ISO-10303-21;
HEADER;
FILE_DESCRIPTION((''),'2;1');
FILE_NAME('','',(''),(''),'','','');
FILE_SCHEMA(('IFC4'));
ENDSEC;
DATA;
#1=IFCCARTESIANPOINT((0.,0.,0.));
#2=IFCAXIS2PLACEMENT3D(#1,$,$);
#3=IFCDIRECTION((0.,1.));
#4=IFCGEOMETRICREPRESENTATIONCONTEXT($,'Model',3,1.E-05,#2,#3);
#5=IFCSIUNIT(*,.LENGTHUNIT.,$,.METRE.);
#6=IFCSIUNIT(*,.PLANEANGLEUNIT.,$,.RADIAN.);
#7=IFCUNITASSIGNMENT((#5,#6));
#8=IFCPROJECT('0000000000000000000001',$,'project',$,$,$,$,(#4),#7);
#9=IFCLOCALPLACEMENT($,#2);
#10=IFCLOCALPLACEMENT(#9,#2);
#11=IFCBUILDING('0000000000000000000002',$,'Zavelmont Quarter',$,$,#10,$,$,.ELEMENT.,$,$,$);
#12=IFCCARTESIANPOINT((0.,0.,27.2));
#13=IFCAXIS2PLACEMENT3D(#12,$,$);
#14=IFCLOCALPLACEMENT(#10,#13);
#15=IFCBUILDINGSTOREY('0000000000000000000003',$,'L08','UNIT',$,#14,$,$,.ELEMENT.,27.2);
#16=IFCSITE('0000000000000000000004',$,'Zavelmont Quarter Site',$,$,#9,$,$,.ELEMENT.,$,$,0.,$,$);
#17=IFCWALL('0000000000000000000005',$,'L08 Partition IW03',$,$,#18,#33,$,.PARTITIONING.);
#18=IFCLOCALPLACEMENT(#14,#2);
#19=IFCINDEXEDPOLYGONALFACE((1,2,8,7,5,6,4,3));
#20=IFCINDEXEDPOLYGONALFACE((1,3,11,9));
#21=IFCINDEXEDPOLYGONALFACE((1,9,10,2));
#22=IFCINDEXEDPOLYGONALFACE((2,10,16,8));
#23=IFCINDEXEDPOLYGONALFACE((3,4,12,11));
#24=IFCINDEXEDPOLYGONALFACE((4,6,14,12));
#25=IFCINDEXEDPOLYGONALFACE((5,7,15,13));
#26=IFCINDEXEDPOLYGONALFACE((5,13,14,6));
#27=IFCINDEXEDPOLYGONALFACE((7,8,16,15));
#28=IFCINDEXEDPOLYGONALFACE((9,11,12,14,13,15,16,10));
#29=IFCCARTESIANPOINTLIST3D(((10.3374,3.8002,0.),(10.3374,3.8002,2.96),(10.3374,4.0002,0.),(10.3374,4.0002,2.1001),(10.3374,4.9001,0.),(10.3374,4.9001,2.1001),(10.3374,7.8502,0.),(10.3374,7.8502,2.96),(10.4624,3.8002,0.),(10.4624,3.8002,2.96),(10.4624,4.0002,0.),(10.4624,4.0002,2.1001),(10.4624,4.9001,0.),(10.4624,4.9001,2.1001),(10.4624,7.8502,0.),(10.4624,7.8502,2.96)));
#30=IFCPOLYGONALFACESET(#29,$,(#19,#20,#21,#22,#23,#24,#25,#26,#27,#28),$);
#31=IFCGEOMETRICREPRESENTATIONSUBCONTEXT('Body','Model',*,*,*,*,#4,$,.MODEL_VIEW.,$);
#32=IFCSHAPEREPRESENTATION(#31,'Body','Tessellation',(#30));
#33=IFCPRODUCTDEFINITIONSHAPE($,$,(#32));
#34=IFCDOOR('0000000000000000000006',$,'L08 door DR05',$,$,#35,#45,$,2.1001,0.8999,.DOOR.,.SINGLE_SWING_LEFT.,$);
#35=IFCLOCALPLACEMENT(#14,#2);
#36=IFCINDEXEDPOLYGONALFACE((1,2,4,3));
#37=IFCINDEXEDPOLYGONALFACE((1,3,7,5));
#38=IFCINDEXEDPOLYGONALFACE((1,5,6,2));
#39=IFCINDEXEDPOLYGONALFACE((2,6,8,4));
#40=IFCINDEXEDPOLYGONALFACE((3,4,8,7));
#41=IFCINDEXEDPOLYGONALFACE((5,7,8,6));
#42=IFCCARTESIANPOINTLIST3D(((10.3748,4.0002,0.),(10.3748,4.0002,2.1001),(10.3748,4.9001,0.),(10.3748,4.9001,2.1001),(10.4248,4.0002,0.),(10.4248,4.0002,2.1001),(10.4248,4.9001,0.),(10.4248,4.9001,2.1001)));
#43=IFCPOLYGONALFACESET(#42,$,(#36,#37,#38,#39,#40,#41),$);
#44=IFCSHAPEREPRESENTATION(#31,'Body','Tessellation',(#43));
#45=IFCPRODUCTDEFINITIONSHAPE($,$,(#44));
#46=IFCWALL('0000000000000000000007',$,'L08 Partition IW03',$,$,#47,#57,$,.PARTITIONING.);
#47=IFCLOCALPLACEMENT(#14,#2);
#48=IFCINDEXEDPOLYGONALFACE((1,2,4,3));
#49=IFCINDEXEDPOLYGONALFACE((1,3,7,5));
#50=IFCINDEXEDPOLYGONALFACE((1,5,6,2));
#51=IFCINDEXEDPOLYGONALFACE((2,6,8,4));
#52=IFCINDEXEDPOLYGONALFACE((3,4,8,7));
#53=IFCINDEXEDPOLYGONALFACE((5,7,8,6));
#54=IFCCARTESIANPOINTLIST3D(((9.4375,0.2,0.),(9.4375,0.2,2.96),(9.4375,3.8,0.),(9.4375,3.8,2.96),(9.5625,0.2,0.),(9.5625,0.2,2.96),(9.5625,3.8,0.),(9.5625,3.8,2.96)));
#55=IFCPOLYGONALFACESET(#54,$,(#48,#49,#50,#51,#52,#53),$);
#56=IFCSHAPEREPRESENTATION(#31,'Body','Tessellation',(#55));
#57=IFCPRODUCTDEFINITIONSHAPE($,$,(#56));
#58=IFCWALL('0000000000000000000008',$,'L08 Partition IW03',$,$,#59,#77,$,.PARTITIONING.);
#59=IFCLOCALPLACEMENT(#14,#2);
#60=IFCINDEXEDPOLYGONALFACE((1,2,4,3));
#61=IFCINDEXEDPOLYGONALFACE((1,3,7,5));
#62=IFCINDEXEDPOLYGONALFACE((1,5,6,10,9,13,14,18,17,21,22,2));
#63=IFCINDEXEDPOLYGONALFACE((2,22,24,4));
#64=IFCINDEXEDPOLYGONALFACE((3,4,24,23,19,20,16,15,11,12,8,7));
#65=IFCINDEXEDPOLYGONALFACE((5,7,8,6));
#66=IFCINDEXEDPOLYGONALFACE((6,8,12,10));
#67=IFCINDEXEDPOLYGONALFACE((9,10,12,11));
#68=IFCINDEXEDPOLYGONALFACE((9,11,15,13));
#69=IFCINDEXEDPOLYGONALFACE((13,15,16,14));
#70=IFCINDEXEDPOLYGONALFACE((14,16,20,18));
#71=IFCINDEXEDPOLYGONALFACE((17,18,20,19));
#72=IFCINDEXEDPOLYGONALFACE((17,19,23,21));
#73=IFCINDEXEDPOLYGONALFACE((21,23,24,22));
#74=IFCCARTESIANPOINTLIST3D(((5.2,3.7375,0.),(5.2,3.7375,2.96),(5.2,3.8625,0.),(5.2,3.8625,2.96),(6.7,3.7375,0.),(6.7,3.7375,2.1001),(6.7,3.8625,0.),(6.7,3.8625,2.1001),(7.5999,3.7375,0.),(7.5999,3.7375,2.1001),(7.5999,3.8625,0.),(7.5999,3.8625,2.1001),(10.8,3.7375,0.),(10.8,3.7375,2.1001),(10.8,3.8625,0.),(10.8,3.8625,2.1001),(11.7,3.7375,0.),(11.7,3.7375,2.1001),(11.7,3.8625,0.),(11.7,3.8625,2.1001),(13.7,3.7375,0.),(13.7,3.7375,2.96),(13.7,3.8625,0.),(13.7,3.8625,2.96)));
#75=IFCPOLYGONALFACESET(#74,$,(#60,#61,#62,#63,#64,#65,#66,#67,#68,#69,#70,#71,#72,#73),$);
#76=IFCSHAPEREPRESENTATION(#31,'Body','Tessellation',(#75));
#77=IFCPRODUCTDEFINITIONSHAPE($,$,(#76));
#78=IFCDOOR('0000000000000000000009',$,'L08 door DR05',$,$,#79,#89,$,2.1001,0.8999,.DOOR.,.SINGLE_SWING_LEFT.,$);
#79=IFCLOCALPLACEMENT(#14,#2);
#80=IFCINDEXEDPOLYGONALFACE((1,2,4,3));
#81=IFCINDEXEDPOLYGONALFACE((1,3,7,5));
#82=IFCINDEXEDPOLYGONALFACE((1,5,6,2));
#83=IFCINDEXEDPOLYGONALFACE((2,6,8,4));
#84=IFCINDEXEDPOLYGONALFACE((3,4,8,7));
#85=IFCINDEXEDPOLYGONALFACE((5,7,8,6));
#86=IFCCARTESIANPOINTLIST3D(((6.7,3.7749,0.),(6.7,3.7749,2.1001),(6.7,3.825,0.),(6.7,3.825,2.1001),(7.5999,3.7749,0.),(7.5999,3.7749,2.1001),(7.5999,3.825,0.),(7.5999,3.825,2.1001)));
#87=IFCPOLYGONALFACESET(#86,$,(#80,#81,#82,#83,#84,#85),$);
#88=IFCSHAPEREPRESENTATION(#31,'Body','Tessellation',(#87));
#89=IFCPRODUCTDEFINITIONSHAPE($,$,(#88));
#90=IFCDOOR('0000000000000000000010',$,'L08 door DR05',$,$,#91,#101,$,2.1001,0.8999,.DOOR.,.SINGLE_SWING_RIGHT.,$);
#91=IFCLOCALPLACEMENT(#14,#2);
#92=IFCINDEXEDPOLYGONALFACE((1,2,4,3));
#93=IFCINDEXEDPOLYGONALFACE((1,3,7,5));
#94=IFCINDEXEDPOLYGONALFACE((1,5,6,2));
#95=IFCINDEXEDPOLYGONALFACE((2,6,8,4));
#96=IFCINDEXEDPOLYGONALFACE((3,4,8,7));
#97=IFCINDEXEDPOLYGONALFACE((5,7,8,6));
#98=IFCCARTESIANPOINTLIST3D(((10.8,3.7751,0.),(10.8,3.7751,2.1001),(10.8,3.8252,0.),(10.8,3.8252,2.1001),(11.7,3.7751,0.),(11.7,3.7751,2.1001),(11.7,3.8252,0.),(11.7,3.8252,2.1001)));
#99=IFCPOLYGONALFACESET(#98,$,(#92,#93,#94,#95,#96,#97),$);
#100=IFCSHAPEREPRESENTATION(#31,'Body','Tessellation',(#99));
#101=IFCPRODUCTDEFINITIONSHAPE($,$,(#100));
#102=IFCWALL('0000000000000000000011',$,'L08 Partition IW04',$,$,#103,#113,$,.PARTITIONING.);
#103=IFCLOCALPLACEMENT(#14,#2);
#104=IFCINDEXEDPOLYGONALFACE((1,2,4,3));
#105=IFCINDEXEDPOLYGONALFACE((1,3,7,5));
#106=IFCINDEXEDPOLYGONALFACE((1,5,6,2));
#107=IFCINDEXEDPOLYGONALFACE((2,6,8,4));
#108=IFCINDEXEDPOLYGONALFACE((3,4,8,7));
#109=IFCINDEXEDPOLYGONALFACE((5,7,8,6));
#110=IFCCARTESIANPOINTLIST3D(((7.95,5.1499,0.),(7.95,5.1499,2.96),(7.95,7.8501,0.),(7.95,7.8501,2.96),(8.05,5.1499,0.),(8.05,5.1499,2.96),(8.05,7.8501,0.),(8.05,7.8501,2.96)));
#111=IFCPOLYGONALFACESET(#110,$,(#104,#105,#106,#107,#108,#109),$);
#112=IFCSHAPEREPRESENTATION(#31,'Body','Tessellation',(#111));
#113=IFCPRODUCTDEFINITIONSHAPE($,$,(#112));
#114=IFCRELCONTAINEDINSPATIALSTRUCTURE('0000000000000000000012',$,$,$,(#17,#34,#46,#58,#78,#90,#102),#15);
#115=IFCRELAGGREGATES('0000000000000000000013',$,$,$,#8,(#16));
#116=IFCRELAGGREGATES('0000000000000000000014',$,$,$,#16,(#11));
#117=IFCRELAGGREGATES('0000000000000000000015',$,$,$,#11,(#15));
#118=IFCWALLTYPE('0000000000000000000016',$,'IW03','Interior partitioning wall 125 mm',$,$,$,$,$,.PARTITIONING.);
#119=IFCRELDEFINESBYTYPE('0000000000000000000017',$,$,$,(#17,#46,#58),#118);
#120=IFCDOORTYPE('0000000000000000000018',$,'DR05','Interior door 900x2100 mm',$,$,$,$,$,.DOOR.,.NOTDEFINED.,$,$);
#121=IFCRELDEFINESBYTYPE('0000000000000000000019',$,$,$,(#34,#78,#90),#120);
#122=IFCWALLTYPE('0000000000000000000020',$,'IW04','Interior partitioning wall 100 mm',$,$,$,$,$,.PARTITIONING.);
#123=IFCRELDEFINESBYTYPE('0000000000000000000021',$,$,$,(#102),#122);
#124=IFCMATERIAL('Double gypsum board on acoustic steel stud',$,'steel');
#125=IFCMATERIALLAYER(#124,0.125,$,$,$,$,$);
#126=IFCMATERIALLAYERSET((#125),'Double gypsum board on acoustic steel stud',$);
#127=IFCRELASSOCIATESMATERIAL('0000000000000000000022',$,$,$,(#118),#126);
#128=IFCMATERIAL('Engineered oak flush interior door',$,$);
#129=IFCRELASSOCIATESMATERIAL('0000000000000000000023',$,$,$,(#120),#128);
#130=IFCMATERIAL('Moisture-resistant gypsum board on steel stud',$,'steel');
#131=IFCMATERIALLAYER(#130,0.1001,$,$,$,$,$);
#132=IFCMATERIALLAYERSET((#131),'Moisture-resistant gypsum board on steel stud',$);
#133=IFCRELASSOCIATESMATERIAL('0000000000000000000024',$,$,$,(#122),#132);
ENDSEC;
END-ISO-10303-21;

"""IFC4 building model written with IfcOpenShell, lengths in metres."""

from ifc_helpers import new_model, si_unit, direction, frame, frame_2d, origin, origin_with_axes, place, context, subcontext, project, spatial, rectangle, extrude, material, layer, layer_set, type_object, element, fill, save


model = new_model("IFC4")

# Units and contexts
model_context = context("Model", 3, precision=1e-05, world=origin(), true_north=direction((0.0, 1.0)))
body_context = subcontext(model_context, "Body", "Model", "MODEL_VIEW")
ifc_project = project(units=[si_unit("LENGTHUNIT", "METRE"), si_unit("PLANEANGLEUNIT", "RADIAN")], contexts=[model_context])

# Site, building, storey
site_placement = place(None, origin())
site = spatial("IfcSite", under=ifc_project, at=site_placement, Name="Zavelmont Quarter Site", CompositionType="ELEMENT", RefElevation=0.0)
building_placement = place(site_placement, origin())
building = spatial("IfcBuilding", under=site, at=building_placement, Name="Zavelmont Quarter", CompositionType="ELEMENT")
storey_placement = place(building_placement, frame((0.0, 0.0, 27.2)))
storey = spatial("IfcBuildingStorey", under=building, at=storey_placement, Name="L08", Description="UNIT", CompositionType="ELEMENT", Elevation=27.2)

# Wall, opening, door
ifc_material_1 = material(Name="Double gypsum board on acoustic steel stud", Category="steel")
ifc_layer_1 = layer(ifc_material_1, 0.125)
ifc_layer_set_1 = layer_set([ifc_layer_1], Name="Double gypsum board on acoustic steel stud")
wall_type_1 = type_object("IfcWallType", Name="IW03", Description="Interior partitioning wall 125 mm", PredefinedType="PARTITIONING", material=ifc_layer_set_1)
ifc_material_2 = material(Name="Engineered oak flush interior door")
door_type_1 = type_object("IfcDoorType", Name="DR05", Description="Interior door 900x2100 mm", OperationType="NOTDEFINED", PredefinedType="DOOR", material=ifc_material_2)
wall_1_placement = place(storey_placement, frame((10.3999, 7.8501, 0.0), z_axis=(0.0, 0.0, 1.0), x_axis=(0.0, -1.0, 0.0)))
wall_1 = element("IfcWall", 1, at=wall_1_placement, inside=storey, type_object=wall_type_1, Name="L08 Partition IW03", PredefinedType="PARTITIONING", context=body_context, shape_type="SweptSolid", body=[
    extrude(rectangle(XDim=4.05, YDim=0.125, at=frame_2d((2.0249, 0.0))), origin(), (0.0, 0.0, 1.0), 2.96),
])
opening_1_placement = place(wall_1_placement, frame((2.95, 0.0, 0.0)))
opening_1 = element("IfcOpeningElement", 2, at=opening_1_placement, cuts=wall_1, PredefinedType="OPENING", context=body_context, shape_type="SweptSolid", body=[
    extrude(rectangle(XDim=0.8999, YDim=2.1001, at=frame_2d((0.45, 1.05))), frame((0.0, 0.0745, 0.0), z_axis=(0.0, -1.0, 0.0), x_axis=(1.0, 0.0, 0.0)), (0.0, 0.0, 1.0), 0.1489),
])
door_1_placement = place(opening_1_placement, origin_with_axes())
door_1 = element("IfcDoor", 3, at=door_1_placement, inside=storey, type_object=door_type_1, Name="L08 door DR05", OperationType="SINGLE_SWING_LEFT", OverallHeight=2.1001, OverallWidth=0.8999, PredefinedType="DOOR", context=body_context, shape_type="SweptSolid", body=[
    extrude(rectangle(XDim=0.8999, YDim=2.1001, at=frame_2d((0.45, 1.05))), frame((0.0, 0.0249, 0.0), z_axis=(0.0, -1.0, 0.0), x_axis=(1.0, 0.0, 0.0)), (0.0, 0.0, 1.0), 0.05),
])
fill(opening_1, door_1)

# Wall
wall_2_placement = place(storey_placement, frame((9.5, 3.8, 0.0), z_axis=(0.0, 0.0, 1.0), x_axis=(0.0, -1.0, 0.0)))
element("IfcWall", 4, at=wall_2_placement, inside=storey, type_object=wall_type_1, Name="L08 Partition IW03", PredefinedType="PARTITIONING", context=body_context, shape_type="SweptSolid", body=[
    extrude(rectangle(XDim=3.6001, YDim=0.125, at=frame_2d((1.8, 0.0))), origin(), (0.0, 0.0, 1.0), 2.96),
])

# Wall, openings, doors
wall_3_placement = place(storey_placement, frame((5.2, 3.8, 0.0), z_axis=(0.0, 0.0, 1.0), x_axis=(1.0, 0.0, 0.0)))
wall_3 = element("IfcWall", 5, at=wall_3_placement, inside=storey, type_object=wall_type_1, Name="L08 Partition IW03", PredefinedType="PARTITIONING", context=body_context, shape_type="SweptSolid", body=[
    extrude(rectangle(XDim=8.5, YDim=0.125, at=frame_2d((4.25, 0.0))), origin(), (0.0, 0.0, 1.0), 2.96),
])
opening_2_placement = place(wall_3_placement, frame((1.5, 0.0, 0.0)))
opening_2 = element("IfcOpeningElement", 6, at=opening_2_placement, cuts=wall_3, PredefinedType="OPENING", context=body_context, shape_type="SweptSolid", body=[
    extrude(rectangle(XDim=0.8999, YDim=2.1001, at=frame_2d((0.45, 1.05))), frame((0.0, 0.0745, 0.0), z_axis=(0.0, -1.0, 0.0), x_axis=(1.0, 0.0, 0.0)), (0.0, 0.0, 1.0), 0.1489),
])
opening_3_placement = place(wall_3_placement, frame((5.6001, 0.0, 0.0)))
opening_3 = element("IfcOpeningElement", 7, at=opening_3_placement, cuts=wall_3, PredefinedType="OPENING", context=body_context, shape_type="SweptSolid", body=[
    extrude(rectangle(XDim=0.8999, YDim=2.1001, at=frame_2d((0.45, 1.05))), frame((0.0, 0.0745, 0.0), z_axis=(0.0, -1.0, 0.0), x_axis=(1.0, 0.0, 0.0)), (0.0, 0.0, 1.0), 0.1489),
])
door_2_placement = place(opening_2_placement, origin_with_axes())
door_2 = element("IfcDoor", 8, at=door_2_placement, inside=storey, type_object=door_type_1, Name="L08 door DR05", OperationType="SINGLE_SWING_LEFT", OverallHeight=2.1001, OverallWidth=0.8999, PredefinedType="DOOR", context=body_context, shape_type="SweptSolid", body=[
    extrude(rectangle(XDim=0.8999, YDim=2.1001, at=frame_2d((0.45, 1.05))), frame((0.0, 0.0249, 0.0), z_axis=(0.0, -1.0, 0.0), x_axis=(1.0, 0.0, 0.0)), (0.0, 0.0, 1.0), 0.05),
])
fill(opening_2, door_2)
door_3_placement = place(opening_3_placement, frame((0.8999, 0.0, 0.0), z_axis=(0.0, 0.0, 1.0), x_axis=(-1.0, 0.0, 0.0)))
door_3 = element("IfcDoor", 9, at=door_3_placement, inside=storey, type_object=door_type_1, Name="L08 door DR05", OperationType="SINGLE_SWING_RIGHT", OverallHeight=2.1001, OverallWidth=0.8999, PredefinedType="DOOR", context=body_context, shape_type="SweptSolid", body=[
    extrude(rectangle(XDim=0.8999, YDim=2.1001, at=frame_2d((0.45, 1.05))), frame((0.0, 0.0249, 0.0), z_axis=(0.0, -1.0, 0.0), x_axis=(1.0, 0.0, 0.0)), (0.0, 0.0, 1.0), 0.05),
])
fill(opening_3, door_3)

# Wall
ifc_material_3 = material(Name="Moisture-resistant gypsum board on steel stud", Category="steel")
ifc_layer_2 = layer(ifc_material_3, 0.1001)
ifc_layer_set_2 = layer_set([ifc_layer_2], Name="Moisture-resistant gypsum board on steel stud")
wall_type_2 = type_object("IfcWallType", Name="IW04", Description="Interior partitioning wall 100 mm", PredefinedType="PARTITIONING", material=ifc_layer_set_2)
wall_4_placement = place(storey_placement, frame((8.0, 7.8501, 0.0), z_axis=(0.0, 0.0, 1.0), x_axis=(0.0, -1.0, 0.0)))
element("IfcWall", 10, at=wall_4_placement, inside=storey, type_object=wall_type_2, Name="L08 Partition IW04", PredefinedType="PARTITIONING", context=body_context, shape_type="SweptSolid", body=[
    extrude(rectangle(XDim=2.7002, YDim=0.1001, at=frame_2d((1.3501, 0.0))), origin(), (0.0, 0.0, 1.0), 2.96),
])

save(model, "model.ifc")
